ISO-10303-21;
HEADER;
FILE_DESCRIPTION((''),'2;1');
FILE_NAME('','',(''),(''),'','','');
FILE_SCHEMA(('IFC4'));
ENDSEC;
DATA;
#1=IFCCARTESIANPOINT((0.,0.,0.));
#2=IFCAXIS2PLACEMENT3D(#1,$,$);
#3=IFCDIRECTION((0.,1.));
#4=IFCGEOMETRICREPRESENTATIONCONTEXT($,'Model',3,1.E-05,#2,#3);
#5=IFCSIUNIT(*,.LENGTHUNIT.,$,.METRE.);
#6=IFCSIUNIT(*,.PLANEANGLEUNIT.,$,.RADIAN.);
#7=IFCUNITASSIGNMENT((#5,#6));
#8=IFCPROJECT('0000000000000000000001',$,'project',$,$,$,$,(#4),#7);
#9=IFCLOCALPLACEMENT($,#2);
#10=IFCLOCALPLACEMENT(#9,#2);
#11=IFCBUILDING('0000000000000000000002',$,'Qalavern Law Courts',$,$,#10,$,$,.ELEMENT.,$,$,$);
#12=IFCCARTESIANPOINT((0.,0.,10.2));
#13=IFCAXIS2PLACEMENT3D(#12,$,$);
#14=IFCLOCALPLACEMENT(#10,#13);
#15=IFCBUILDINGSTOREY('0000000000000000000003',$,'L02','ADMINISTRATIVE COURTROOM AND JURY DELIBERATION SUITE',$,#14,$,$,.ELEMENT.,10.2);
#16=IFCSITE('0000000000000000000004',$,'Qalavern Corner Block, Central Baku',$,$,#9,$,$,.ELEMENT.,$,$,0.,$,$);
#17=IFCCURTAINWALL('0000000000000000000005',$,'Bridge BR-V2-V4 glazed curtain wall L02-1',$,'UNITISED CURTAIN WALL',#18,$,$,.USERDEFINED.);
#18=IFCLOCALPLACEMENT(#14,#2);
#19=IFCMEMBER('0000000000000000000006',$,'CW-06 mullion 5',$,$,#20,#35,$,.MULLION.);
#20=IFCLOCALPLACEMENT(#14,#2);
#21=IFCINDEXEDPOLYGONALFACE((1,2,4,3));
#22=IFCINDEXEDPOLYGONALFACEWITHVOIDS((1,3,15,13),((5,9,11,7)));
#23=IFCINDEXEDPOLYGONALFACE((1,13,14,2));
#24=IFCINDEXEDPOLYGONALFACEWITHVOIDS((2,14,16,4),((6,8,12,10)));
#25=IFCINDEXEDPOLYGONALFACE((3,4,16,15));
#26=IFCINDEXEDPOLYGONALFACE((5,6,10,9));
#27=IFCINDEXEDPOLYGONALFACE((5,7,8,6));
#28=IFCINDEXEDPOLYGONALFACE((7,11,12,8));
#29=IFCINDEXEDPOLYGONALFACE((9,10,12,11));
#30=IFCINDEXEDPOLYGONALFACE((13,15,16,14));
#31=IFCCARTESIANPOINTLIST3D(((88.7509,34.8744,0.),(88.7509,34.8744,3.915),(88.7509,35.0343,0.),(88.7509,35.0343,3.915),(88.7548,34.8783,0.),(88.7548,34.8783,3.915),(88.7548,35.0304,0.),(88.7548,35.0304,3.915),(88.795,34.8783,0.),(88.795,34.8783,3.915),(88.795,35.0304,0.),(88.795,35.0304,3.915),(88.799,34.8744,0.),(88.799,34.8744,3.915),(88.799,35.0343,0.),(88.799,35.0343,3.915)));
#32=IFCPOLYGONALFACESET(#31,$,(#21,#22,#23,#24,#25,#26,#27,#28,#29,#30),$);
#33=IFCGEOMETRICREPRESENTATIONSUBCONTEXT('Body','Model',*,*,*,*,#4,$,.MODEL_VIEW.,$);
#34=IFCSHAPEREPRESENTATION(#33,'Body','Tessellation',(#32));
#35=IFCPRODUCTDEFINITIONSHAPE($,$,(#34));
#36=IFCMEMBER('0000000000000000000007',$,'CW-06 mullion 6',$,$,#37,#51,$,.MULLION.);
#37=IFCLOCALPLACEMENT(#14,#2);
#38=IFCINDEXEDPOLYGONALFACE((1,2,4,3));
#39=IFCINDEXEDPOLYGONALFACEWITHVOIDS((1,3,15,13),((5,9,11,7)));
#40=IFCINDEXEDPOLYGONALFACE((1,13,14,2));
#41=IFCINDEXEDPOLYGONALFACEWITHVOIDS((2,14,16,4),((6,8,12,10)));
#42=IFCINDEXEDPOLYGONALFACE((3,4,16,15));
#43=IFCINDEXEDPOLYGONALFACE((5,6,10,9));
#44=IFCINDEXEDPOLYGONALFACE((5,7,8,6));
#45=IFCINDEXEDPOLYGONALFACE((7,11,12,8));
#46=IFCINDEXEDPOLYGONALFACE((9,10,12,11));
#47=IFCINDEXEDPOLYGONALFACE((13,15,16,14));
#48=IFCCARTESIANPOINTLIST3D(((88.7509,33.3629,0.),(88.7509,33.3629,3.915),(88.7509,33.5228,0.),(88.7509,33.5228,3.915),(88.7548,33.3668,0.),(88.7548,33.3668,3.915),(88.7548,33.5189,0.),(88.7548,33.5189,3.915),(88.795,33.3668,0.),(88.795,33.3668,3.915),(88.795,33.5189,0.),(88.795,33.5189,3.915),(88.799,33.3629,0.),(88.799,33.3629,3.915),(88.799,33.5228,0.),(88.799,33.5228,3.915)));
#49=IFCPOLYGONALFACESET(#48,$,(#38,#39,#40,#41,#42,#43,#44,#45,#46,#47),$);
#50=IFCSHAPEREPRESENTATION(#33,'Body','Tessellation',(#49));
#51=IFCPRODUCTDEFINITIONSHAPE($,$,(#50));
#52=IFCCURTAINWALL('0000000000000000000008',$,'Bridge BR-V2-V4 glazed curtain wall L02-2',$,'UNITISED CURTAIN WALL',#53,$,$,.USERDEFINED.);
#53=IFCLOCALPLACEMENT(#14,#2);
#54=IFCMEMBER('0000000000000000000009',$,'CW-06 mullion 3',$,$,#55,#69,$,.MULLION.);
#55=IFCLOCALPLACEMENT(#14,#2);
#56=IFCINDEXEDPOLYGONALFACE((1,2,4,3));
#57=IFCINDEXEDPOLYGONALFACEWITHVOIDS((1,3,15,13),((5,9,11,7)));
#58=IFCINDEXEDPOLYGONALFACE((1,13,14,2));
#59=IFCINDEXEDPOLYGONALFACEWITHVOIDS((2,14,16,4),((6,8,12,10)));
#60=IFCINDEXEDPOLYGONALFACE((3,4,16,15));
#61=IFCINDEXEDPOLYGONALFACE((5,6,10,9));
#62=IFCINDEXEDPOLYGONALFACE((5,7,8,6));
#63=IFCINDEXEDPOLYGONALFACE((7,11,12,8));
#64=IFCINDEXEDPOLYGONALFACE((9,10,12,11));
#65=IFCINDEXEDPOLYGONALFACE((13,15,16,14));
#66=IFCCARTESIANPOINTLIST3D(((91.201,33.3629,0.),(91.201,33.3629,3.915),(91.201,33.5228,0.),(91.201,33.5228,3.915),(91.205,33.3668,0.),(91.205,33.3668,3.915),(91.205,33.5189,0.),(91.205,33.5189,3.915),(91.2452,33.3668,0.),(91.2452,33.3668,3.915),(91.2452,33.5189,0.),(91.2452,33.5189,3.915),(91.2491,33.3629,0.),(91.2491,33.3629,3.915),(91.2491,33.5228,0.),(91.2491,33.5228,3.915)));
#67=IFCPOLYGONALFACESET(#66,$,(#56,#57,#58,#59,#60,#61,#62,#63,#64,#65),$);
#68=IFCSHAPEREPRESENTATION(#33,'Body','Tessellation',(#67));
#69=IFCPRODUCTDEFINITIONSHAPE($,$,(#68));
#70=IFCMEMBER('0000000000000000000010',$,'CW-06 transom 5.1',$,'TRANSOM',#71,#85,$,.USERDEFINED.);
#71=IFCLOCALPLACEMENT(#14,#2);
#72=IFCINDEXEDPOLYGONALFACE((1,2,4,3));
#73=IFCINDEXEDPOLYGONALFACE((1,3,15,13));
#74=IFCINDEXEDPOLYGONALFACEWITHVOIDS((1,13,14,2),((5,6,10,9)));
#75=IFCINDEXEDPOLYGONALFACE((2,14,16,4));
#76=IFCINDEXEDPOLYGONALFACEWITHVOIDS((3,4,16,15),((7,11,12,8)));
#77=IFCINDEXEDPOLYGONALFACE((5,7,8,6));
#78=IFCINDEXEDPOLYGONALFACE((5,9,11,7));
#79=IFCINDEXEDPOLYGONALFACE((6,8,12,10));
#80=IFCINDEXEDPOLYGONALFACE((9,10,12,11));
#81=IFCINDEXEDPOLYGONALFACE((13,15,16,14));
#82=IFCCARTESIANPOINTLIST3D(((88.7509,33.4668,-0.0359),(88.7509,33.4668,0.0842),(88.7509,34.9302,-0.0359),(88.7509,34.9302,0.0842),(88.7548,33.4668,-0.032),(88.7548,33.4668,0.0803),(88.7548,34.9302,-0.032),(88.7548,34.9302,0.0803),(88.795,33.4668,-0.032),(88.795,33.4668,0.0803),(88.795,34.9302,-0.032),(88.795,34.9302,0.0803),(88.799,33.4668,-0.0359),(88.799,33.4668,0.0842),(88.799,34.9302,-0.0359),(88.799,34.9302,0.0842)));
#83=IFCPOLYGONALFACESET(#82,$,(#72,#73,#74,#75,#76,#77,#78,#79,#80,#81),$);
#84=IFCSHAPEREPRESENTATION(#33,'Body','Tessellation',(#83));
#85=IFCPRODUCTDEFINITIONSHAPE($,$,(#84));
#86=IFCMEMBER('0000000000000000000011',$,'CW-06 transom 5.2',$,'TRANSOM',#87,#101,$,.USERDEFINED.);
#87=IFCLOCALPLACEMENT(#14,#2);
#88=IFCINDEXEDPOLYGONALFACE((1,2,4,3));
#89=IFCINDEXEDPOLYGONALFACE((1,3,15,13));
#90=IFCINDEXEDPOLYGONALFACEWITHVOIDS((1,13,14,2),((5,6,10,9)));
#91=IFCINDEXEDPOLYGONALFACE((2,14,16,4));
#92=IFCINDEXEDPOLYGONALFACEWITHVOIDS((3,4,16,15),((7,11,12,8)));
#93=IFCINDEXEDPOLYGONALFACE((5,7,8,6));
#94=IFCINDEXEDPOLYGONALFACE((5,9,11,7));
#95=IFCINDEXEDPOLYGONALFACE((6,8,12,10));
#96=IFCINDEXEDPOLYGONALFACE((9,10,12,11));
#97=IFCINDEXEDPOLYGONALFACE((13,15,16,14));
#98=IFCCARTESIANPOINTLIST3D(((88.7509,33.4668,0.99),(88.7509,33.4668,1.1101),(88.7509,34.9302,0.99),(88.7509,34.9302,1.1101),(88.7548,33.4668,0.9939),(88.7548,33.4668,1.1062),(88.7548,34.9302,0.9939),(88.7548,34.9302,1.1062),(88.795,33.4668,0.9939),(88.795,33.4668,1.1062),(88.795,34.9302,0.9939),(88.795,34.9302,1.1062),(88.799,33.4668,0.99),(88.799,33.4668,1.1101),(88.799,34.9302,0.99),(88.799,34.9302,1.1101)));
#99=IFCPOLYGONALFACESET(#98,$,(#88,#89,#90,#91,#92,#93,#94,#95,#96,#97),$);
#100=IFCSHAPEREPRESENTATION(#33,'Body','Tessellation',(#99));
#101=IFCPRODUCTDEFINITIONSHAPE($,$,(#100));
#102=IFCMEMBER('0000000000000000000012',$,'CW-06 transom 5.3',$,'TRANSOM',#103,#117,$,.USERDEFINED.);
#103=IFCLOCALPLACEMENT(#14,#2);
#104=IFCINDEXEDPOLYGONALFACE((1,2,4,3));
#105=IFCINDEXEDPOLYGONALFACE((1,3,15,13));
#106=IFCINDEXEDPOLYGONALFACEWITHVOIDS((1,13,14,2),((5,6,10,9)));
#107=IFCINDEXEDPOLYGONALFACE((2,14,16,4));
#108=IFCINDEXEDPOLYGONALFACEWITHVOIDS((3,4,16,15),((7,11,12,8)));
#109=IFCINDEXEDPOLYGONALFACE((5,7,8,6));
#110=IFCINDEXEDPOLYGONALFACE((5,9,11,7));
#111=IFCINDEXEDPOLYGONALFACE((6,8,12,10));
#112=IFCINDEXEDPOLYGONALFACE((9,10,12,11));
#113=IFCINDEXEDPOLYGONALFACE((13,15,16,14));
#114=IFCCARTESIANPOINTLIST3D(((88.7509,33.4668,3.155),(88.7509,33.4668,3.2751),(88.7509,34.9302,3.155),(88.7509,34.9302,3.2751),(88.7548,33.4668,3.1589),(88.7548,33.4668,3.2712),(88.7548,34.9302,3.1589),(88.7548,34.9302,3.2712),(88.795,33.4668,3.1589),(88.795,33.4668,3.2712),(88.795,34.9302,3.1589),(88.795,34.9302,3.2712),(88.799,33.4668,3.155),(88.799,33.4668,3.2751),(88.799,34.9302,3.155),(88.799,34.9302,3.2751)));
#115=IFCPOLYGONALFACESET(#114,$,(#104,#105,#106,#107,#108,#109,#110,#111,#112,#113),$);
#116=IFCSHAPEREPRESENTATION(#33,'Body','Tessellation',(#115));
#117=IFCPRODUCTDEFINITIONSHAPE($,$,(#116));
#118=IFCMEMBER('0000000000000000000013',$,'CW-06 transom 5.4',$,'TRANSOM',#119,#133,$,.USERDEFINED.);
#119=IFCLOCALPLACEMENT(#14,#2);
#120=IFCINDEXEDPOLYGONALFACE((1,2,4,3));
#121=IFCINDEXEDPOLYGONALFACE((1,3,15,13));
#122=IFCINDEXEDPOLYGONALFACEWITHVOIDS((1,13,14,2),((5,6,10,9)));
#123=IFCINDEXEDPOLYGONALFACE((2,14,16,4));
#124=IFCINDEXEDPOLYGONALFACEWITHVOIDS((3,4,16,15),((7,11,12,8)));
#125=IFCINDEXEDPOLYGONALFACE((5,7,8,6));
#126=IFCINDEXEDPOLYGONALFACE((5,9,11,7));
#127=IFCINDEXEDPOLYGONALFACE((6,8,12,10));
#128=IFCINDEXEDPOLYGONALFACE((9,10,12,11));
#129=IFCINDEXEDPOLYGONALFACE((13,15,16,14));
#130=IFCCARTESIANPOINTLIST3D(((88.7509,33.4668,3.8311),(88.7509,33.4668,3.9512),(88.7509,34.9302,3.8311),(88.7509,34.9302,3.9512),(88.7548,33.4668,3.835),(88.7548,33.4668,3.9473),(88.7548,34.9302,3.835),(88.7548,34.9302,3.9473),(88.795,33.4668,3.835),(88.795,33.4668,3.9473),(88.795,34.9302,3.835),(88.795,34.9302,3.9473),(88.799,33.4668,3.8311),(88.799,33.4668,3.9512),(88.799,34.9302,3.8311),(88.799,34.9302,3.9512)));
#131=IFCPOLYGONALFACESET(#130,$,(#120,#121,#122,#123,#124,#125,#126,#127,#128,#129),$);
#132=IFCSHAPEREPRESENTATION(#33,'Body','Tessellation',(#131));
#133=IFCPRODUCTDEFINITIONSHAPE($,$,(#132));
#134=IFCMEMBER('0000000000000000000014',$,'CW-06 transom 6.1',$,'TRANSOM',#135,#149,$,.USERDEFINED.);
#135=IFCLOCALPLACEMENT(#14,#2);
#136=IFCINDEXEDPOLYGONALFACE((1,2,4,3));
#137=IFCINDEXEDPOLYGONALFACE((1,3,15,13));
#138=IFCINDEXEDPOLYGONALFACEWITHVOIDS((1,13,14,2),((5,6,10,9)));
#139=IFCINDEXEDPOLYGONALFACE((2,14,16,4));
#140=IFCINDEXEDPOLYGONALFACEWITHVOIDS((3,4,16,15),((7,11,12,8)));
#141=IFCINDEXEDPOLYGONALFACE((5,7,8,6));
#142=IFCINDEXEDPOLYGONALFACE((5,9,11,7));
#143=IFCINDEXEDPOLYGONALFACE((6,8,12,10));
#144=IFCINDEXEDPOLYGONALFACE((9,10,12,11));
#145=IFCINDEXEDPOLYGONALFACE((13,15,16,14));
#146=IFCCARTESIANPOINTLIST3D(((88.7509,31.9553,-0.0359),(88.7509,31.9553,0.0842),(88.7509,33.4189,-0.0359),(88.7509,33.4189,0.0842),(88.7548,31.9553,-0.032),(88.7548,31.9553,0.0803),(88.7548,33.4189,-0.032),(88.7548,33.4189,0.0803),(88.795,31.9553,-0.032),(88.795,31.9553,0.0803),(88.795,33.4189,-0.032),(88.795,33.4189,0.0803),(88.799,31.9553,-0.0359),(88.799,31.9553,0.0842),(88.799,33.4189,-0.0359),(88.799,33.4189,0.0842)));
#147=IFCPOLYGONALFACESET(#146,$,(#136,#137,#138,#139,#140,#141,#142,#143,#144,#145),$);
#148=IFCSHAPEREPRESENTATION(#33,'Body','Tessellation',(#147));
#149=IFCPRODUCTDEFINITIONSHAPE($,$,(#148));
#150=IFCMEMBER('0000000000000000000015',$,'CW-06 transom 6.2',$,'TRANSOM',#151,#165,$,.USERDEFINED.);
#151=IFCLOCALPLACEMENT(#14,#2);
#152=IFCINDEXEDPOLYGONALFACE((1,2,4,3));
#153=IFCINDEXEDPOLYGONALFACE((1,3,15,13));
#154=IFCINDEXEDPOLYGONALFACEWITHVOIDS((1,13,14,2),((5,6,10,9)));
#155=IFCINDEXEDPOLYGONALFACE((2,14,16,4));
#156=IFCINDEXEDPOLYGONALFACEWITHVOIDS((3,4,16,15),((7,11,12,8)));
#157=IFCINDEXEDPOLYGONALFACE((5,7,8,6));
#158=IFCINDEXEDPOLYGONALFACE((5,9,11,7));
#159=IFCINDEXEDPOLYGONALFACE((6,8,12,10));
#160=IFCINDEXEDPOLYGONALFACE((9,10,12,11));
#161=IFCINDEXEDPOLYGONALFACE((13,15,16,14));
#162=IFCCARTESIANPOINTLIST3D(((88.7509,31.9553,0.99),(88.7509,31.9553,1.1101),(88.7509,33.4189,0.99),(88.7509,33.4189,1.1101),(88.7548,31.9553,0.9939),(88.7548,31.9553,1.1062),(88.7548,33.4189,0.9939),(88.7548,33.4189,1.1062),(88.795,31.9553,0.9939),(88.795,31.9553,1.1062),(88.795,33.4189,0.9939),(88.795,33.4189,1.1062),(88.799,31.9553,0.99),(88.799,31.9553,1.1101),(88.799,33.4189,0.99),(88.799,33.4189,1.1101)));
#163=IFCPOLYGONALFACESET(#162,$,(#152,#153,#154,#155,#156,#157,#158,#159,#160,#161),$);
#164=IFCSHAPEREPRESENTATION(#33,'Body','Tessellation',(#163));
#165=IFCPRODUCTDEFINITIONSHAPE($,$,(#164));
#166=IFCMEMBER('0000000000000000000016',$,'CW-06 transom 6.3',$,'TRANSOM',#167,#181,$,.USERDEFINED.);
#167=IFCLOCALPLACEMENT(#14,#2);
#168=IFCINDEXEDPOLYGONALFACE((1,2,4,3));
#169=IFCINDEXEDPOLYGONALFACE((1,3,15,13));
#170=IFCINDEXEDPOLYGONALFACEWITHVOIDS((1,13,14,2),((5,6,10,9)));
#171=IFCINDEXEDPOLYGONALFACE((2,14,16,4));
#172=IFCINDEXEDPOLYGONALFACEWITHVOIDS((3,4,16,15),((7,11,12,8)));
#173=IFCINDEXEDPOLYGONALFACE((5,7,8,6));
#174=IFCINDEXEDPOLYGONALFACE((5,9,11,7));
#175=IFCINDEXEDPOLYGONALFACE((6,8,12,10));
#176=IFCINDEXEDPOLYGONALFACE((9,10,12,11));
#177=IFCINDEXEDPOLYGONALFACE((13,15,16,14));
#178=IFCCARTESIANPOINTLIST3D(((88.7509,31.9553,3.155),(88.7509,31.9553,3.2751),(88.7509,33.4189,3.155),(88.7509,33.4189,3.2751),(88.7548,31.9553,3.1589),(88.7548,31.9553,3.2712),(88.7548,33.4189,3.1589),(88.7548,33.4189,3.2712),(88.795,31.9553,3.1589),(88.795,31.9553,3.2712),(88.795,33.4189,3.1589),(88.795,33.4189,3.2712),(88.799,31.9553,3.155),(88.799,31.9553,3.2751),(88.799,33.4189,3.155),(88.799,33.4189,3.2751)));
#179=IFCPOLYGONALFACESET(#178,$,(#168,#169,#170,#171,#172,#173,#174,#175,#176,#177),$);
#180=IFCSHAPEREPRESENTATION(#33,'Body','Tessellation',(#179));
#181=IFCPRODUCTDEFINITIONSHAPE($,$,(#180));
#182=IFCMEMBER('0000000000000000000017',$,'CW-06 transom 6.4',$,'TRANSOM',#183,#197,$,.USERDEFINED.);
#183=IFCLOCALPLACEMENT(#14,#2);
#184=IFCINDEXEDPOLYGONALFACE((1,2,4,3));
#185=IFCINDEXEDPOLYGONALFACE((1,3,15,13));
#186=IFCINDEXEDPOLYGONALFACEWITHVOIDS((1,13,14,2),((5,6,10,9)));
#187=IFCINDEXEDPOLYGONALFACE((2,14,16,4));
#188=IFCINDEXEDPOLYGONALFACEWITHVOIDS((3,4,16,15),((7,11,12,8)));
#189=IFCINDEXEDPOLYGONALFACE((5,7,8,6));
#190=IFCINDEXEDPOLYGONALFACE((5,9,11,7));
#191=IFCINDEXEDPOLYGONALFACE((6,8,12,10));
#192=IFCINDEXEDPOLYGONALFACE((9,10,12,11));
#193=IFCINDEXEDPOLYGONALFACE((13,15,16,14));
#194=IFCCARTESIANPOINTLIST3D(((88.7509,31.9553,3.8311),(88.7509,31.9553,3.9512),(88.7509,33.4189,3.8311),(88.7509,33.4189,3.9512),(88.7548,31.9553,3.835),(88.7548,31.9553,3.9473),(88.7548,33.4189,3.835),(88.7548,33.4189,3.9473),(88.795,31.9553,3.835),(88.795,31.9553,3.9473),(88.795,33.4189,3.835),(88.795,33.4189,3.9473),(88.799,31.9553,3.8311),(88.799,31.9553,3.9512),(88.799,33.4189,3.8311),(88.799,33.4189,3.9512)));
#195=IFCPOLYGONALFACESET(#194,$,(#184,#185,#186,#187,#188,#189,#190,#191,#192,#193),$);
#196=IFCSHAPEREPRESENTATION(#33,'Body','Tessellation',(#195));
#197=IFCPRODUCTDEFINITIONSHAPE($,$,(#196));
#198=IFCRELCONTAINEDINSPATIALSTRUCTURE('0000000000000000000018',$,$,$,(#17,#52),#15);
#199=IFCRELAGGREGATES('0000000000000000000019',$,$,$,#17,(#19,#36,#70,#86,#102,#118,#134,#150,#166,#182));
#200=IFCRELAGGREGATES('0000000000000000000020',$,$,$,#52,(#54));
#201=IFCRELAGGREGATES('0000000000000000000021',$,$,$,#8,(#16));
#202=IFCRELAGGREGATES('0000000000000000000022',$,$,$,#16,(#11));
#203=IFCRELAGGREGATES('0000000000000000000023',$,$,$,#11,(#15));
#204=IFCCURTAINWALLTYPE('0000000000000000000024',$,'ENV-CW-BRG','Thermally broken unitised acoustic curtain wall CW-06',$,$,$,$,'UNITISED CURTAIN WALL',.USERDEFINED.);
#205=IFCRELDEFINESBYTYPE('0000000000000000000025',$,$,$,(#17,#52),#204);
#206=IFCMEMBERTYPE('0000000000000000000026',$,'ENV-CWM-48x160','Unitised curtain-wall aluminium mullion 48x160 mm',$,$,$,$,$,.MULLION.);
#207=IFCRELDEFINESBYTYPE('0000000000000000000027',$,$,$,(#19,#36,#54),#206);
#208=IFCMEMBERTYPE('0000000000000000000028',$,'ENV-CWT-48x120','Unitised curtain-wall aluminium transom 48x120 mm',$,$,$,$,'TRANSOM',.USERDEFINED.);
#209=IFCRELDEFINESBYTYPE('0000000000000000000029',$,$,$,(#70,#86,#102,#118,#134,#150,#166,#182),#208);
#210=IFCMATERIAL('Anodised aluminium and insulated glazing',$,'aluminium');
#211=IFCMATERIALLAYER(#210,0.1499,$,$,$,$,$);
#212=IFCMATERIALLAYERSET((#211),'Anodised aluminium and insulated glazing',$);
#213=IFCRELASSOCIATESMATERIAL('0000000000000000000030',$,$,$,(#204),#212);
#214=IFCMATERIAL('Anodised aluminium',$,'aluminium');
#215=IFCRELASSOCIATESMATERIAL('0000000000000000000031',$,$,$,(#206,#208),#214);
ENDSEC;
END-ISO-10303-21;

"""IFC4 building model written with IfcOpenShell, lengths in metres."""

from ifc_helpers import new_model, si_unit, direction, frame, origin, origin_2d, place, context, subcontext, project, spatial, hollow_rectangle, extrude, material, layer, layer_set, material_profile, profile_set, type_object, element, aggregate, save


model = new_model("IFC4")

# Units and contexts
model_context = context("Model", 3, precision=1e-05, world=origin(), true_north=direction((0.0, 1.0)))
body_context = subcontext(model_context, "Body", "Model", "MODEL_VIEW")
ifc_project = project(units=[si_unit("LENGTHUNIT", "METRE"), si_unit("PLANEANGLEUNIT", "RADIAN")], contexts=[model_context])

# Site, building, storey
site_placement = place(None, origin())
site = spatial("IfcSite", under=ifc_project, at=site_placement, Name="Qalavern Corner Block, Central Baku", CompositionType="ELEMENT", RefElevation=0.0)
building_placement = place(site_placement, origin())
building = spatial("IfcBuilding", under=site, at=building_placement, Name="Qalavern Law Courts", CompositionType="ELEMENT")
storey_placement = place(building_placement, frame((0.0, 0.0, 10.2)))
storey = spatial("IfcBuildingStorey", under=building, at=storey_placement, Name="L02", Description="ADMINISTRATIVE COURTROOM AND JURY DELIBERATION SUITE", CompositionType="ELEMENT", Elevation=10.2)

# Curtain wall, members
ifc_material_1 = material(Name="Anodised aluminium and insulated glazing", Category="aluminium")
ifc_layer_1 = layer(ifc_material_1, 0.1499)
ifc_layer_set_1 = layer_set([ifc_layer_1], Name="Anodised aluminium and insulated glazing")
curtain_wall_type = type_object("IfcCurtainWallType", Name="ENV-CW-BRG", Description="Thermally broken unitised acoustic curtain wall CW-06", ElementType="UNITISED CURTAIN WALL", PredefinedType="USERDEFINED", material=ifc_layer_set_1)
curtain_wall_1_placement = place(storey_placement, origin())
curtain_wall_1 = element("IfcCurtainWall", 1, at=curtain_wall_1_placement, inside=storey, type_object=curtain_wall_type, Name="Bridge BR-V2-V4 glazed curtain wall L02-1", ObjectType="UNITISED CURTAIN WALL", PredefinedType="USERDEFINED")
ifc_material_2 = material(Name="Anodised aluminium", Category="aluminium")
ifc_material_profile_1 = material_profile(ifc_material_2, hollow_rectangle(XDim=0.0481, YDim=0.1599, WallThickness=0.0039, at=origin_2d()), Name="ALU MULLION 48x160")
ifc_profile_set_1 = profile_set([ifc_material_profile_1], Name="Anodised aluminium")
member_type_1 = type_object("IfcMemberType", Name="ENV-CWM-48x160", Description="Unitised curtain-wall aluminium mullion 48x160 mm", PredefinedType="MULLION", material=ifc_profile_set_1)
member_1_placement = place(storey_placement, frame((88.7749, 34.9543, 0.0), z_axis=(0.0, 0.0, 1.0), x_axis=(1.0, 0.0, 0.0)))
member_1 = element("IfcMember", 2, at=member_1_placement, type_object=member_type_1, Name="CW-06 mullion 5", PredefinedType="MULLION", context=body_context, shape_type="SweptSolid", body=[
    extrude(hollow_rectangle(XDim=0.0481, YDim=0.1599, WallThickness=0.0039, at=origin_2d()), origin(), (0.0, 0.0, 1.0), 3.915),
])
member_2_placement = place(storey_placement, frame((88.7749, 33.4429, 0.0), z_axis=(0.0, 0.0, 1.0), x_axis=(1.0, 0.0, 0.0)))
member_2 = element("IfcMember", 3, at=member_2_placement, type_object=member_type_1, Name="CW-06 mullion 6", PredefinedType="MULLION", context=body_context, shape_type="SweptSolid", body=[
    extrude(hollow_rectangle(XDim=0.0481, YDim=0.1599, WallThickness=0.0039, at=origin_2d()), origin(), (0.0, 0.0, 1.0), 3.915),
])

# Curtain wall, member
curtain_wall_2_placement = place(storey_placement, origin())
curtain_wall_2 = element("IfcCurtainWall", 4, at=curtain_wall_2_placement, inside=storey, type_object=curtain_wall_type, Name="Bridge BR-V2-V4 glazed curtain wall L02-2", ObjectType="UNITISED CURTAIN WALL", PredefinedType="USERDEFINED")
member_3_placement = place(storey_placement, frame((91.2251, 33.4429, 0.0), z_axis=(0.0, 0.0, 1.0), x_axis=(-1.0, 0.0, 0.0)))
member_3 = element("IfcMember", 5, at=member_3_placement, type_object=member_type_1, Name="CW-06 mullion 3", PredefinedType="MULLION", context=body_context, shape_type="SweptSolid", body=[
    extrude(hollow_rectangle(XDim=0.0481, YDim=0.1599, WallThickness=0.0039, at=origin_2d()), origin(), (0.0, 0.0, 1.0), 3.915),
])

# Members
ifc_material_profile_2 = material_profile(ifc_material_2, hollow_rectangle(XDim=0.0481, YDim=0.1201, WallThickness=0.0039, at=origin_2d()), Name="ALU TRANSOM 48x120")
ifc_profile_set_2 = profile_set([ifc_material_profile_2], Name="Anodised aluminium")
member_type_2 = type_object("IfcMemberType", Name="ENV-CWT-48x120", Description="Unitised curtain-wall aluminium transom 48x120 mm", ElementType="TRANSOM", PredefinedType="USERDEFINED", material=ifc_profile_set_2)
member_4_placement = place(storey_placement, frame((88.7749, 34.9302, 0.0242), z_axis=(0.0, -1.0, 0.0), x_axis=(1.0, 0.0, 0.0)))
member_4 = element("IfcMember", 6, at=member_4_placement, type_object=member_type_2, Name="CW-06 transom 5.1", ObjectType="TRANSOM", PredefinedType="USERDEFINED", context=body_context, shape_type="SweptSolid", body=[
    extrude(hollow_rectangle(XDim=0.0481, YDim=0.1201, WallThickness=0.0039, at=origin_2d()), origin(), (0.0, 0.0, 1.0), 1.4634),
])
member_5_placement = place(storey_placement, frame((88.7749, 34.9302, 1.05), z_axis=(0.0, -1.0, 0.0), x_axis=(1.0, 0.0, 0.0)))
member_5 = element("IfcMember", 7, at=member_5_placement, type_object=member_type_2, Name="CW-06 transom 5.2", ObjectType="TRANSOM", PredefinedType="USERDEFINED", context=body_context, shape_type="SweptSolid", body=[
    extrude(hollow_rectangle(XDim=0.0481, YDim=0.1201, WallThickness=0.0039, at=origin_2d()), origin(), (0.0, 0.0, 1.0), 1.4634),
])
member_6_placement = place(storey_placement, frame((88.7749, 34.9302, 3.2151), z_axis=(0.0, -1.0, 0.0), x_axis=(1.0, 0.0, 0.0)))
member_6 = element("IfcMember", 8, at=member_6_placement, type_object=member_type_2, Name="CW-06 transom 5.3", ObjectType="TRANSOM", PredefinedType="USERDEFINED", context=body_context, shape_type="SweptSolid", body=[
    extrude(hollow_rectangle(XDim=0.0481, YDim=0.1201, WallThickness=0.0039, at=origin_2d()), origin(), (0.0, 0.0, 1.0), 1.4634),
])
member_7_placement = place(storey_placement, frame((88.7749, 34.9302, 3.8911), z_axis=(0.0, -1.0, 0.0), x_axis=(1.0, 0.0, 0.0)))
member_7 = element("IfcMember", 9, at=member_7_placement, type_object=member_type_2, Name="CW-06 transom 5.4", ObjectType="TRANSOM", PredefinedType="USERDEFINED", context=body_context, shape_type="SweptSolid", body=[
    extrude(hollow_rectangle(XDim=0.0481, YDim=0.1201, WallThickness=0.0039, at=origin_2d()), origin(), (0.0, 0.0, 1.0), 1.4634),
])
member_8_placement = place(storey_placement, frame((88.7749, 33.4189, 0.0242), z_axis=(0.0, -1.0, 0.0), x_axis=(1.0, 0.0, 0.0)))
member_8 = element("IfcMember", 10, at=member_8_placement, type_object=member_type_2, Name="CW-06 transom 6.1", ObjectType="TRANSOM", PredefinedType="USERDEFINED", context=body_context, shape_type="SweptSolid", body=[
    extrude(hollow_rectangle(XDim=0.0481, YDim=0.1201, WallThickness=0.0039, at=origin_2d()), origin(), (0.0, 0.0, 1.0), 1.4636),
])
member_9_placement = place(storey_placement, frame((88.7749, 33.4189, 1.05), z_axis=(0.0, -1.0, 0.0), x_axis=(1.0, 0.0, 0.0)))
member_9 = element("IfcMember", 11, at=member_9_placement, type_object=member_type_2, Name="CW-06 transom 6.2", ObjectType="TRANSOM", PredefinedType="USERDEFINED", context=body_context, shape_type="SweptSolid", body=[
    extrude(hollow_rectangle(XDim=0.0481, YDim=0.1201, WallThickness=0.0039, at=origin_2d()), origin(), (0.0, 0.0, 1.0), 1.4636),
])
member_10_placement = place(storey_placement, frame((88.7749, 33.4189, 3.2151), z_axis=(0.0, -1.0, 0.0), x_axis=(1.0, 0.0, 0.0)))
member_10 = element("IfcMember", 12, at=member_10_placement, type_object=member_type_2, Name="CW-06 transom 6.3", ObjectType="TRANSOM", PredefinedType="USERDEFINED", context=body_context, shape_type="SweptSolid", body=[
    extrude(hollow_rectangle(XDim=0.0481, YDim=0.1201, WallThickness=0.0039, at=origin_2d()), origin(), (0.0, 0.0, 1.0), 1.4636),
])
member_11_placement = place(storey_placement, frame((88.7749, 33.4189, 3.8911), z_axis=(0.0, -1.0, 0.0), x_axis=(1.0, 0.0, 0.0)))
member_11 = element("IfcMember", 13, at=member_11_placement, type_object=member_type_2, Name="CW-06 transom 6.4", ObjectType="TRANSOM", PredefinedType="USERDEFINED", context=body_context, shape_type="SweptSolid", body=[
    extrude(hollow_rectangle(XDim=0.0481, YDim=0.1201, WallThickness=0.0039, at=origin_2d()), origin(), (0.0, 0.0, 1.0), 1.4636),
])

aggregate(curtain_wall_1, [member_1, member_2, member_4, member_5, member_6, member_7, member_8, member_9, member_10, member_11])
aggregate(curtain_wall_2, [member_3])

save(model, "model.ifc")
